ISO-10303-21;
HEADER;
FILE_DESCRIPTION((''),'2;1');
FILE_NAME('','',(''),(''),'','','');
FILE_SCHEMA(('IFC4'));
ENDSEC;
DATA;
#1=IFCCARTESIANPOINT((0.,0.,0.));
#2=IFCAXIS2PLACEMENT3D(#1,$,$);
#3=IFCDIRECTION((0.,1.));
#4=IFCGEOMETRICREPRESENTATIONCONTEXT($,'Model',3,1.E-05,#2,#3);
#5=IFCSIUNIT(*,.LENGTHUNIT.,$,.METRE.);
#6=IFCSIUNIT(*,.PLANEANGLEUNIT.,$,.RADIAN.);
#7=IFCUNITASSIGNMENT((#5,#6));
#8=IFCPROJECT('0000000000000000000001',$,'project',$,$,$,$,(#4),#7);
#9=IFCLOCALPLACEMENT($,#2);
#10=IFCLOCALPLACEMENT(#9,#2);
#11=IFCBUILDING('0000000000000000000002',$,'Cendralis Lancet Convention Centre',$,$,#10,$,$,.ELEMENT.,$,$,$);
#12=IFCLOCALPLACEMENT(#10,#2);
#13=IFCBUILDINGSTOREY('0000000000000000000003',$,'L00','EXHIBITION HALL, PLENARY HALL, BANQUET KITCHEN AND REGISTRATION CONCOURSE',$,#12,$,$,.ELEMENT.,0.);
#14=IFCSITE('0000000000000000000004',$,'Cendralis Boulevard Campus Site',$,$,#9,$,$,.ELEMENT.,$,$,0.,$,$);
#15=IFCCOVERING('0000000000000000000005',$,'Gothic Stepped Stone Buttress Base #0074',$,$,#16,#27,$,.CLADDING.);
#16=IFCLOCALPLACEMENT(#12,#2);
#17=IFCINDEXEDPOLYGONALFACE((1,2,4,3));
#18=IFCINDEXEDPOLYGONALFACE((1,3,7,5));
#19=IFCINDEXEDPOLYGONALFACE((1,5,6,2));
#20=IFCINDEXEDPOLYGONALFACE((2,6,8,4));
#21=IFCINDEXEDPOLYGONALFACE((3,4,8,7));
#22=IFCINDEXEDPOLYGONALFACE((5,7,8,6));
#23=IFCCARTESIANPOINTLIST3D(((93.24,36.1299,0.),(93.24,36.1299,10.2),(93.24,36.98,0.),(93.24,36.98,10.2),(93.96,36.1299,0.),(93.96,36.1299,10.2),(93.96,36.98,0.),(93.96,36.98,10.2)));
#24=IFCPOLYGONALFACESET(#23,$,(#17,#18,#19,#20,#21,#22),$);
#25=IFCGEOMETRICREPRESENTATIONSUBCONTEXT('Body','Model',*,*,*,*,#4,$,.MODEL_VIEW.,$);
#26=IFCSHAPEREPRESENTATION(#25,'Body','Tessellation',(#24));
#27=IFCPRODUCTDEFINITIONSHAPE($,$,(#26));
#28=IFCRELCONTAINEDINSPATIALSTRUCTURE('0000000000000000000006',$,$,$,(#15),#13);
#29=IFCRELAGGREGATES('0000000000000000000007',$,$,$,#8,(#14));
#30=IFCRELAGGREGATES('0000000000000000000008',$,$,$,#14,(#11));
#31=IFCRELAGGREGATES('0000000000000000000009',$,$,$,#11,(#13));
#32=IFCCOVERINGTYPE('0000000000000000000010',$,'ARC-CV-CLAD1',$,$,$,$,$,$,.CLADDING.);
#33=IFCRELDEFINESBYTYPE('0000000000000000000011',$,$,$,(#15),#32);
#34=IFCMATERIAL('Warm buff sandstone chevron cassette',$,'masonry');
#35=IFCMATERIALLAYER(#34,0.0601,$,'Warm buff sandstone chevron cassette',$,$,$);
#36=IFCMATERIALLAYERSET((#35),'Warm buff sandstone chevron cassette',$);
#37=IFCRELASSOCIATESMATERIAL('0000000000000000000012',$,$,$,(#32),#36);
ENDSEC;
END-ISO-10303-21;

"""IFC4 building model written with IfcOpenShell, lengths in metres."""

from ifc_helpers import new_model, si_unit, direction, origin, place, context, subcontext, project, spatial, polyline, outline, extrude, material, layer, layer_set, type_object, element, save


model = new_model("IFC4")

# Units and contexts
model_context = context("Model", 3, precision=1e-05, world=origin(), true_north=direction((0.0, 1.0)))
body_context = subcontext(model_context, "Body", "Model", "MODEL_VIEW")
ifc_project = project(units=[si_unit("LENGTHUNIT", "METRE"), si_unit("PLANEANGLEUNIT", "RADIAN")], contexts=[model_context])

# Site, building, storey
site_placement = place(None, origin())
site = spatial("IfcSite", under=ifc_project, at=site_placement, Name="Cendralis Boulevard Campus Site", CompositionType="ELEMENT", RefElevation=0.0)
building_placement = place(site_placement, origin())
building = spatial("IfcBuilding", under=site, at=building_placement, Name="Cendralis Lancet Convention Centre", CompositionType="ELEMENT")
storey_placement = place(building_placement, origin())
storey = spatial("IfcBuildingStorey", under=building, at=storey_placement, Name="L00", Description="EXHIBITION HALL, PLENARY HALL, BANQUET KITCHEN AND REGISTRATION CONCOURSE", CompositionType="ELEMENT", Elevation=0.0)

# Covering
ifc_material = material(Name="Warm buff sandstone chevron cassette", Category="masonry")
ifc_layer = layer(ifc_material, 0.0601, Name="Warm buff sandstone chevron cassette")
ifc_layer_set = layer_set([ifc_layer], Name="Warm buff sandstone chevron cassette")
covering_type = type_object("IfcCoveringType", Name="ARC-CV-CLAD1", PredefinedType="CLADDING", material=ifc_layer_set)
covering_1_placement = place(storey_placement, origin())
element("IfcCovering", 1, at=covering_1_placement, inside=storey, type_object=covering_type, Name="Gothic Stepped Stone Buttress Base #0074", PredefinedType="CLADDING", context=body_context, shape_type="SweptSolid", body=[
    extrude(outline(polyline([(93.96, 36.98), (93.24, 36.98), (93.24, 36.1299), (93.96, 36.1299), (93.96, 36.98)])), origin(), (0.0, 0.0, 1.0), 10.2),
])

save(model, "model.ifc")
